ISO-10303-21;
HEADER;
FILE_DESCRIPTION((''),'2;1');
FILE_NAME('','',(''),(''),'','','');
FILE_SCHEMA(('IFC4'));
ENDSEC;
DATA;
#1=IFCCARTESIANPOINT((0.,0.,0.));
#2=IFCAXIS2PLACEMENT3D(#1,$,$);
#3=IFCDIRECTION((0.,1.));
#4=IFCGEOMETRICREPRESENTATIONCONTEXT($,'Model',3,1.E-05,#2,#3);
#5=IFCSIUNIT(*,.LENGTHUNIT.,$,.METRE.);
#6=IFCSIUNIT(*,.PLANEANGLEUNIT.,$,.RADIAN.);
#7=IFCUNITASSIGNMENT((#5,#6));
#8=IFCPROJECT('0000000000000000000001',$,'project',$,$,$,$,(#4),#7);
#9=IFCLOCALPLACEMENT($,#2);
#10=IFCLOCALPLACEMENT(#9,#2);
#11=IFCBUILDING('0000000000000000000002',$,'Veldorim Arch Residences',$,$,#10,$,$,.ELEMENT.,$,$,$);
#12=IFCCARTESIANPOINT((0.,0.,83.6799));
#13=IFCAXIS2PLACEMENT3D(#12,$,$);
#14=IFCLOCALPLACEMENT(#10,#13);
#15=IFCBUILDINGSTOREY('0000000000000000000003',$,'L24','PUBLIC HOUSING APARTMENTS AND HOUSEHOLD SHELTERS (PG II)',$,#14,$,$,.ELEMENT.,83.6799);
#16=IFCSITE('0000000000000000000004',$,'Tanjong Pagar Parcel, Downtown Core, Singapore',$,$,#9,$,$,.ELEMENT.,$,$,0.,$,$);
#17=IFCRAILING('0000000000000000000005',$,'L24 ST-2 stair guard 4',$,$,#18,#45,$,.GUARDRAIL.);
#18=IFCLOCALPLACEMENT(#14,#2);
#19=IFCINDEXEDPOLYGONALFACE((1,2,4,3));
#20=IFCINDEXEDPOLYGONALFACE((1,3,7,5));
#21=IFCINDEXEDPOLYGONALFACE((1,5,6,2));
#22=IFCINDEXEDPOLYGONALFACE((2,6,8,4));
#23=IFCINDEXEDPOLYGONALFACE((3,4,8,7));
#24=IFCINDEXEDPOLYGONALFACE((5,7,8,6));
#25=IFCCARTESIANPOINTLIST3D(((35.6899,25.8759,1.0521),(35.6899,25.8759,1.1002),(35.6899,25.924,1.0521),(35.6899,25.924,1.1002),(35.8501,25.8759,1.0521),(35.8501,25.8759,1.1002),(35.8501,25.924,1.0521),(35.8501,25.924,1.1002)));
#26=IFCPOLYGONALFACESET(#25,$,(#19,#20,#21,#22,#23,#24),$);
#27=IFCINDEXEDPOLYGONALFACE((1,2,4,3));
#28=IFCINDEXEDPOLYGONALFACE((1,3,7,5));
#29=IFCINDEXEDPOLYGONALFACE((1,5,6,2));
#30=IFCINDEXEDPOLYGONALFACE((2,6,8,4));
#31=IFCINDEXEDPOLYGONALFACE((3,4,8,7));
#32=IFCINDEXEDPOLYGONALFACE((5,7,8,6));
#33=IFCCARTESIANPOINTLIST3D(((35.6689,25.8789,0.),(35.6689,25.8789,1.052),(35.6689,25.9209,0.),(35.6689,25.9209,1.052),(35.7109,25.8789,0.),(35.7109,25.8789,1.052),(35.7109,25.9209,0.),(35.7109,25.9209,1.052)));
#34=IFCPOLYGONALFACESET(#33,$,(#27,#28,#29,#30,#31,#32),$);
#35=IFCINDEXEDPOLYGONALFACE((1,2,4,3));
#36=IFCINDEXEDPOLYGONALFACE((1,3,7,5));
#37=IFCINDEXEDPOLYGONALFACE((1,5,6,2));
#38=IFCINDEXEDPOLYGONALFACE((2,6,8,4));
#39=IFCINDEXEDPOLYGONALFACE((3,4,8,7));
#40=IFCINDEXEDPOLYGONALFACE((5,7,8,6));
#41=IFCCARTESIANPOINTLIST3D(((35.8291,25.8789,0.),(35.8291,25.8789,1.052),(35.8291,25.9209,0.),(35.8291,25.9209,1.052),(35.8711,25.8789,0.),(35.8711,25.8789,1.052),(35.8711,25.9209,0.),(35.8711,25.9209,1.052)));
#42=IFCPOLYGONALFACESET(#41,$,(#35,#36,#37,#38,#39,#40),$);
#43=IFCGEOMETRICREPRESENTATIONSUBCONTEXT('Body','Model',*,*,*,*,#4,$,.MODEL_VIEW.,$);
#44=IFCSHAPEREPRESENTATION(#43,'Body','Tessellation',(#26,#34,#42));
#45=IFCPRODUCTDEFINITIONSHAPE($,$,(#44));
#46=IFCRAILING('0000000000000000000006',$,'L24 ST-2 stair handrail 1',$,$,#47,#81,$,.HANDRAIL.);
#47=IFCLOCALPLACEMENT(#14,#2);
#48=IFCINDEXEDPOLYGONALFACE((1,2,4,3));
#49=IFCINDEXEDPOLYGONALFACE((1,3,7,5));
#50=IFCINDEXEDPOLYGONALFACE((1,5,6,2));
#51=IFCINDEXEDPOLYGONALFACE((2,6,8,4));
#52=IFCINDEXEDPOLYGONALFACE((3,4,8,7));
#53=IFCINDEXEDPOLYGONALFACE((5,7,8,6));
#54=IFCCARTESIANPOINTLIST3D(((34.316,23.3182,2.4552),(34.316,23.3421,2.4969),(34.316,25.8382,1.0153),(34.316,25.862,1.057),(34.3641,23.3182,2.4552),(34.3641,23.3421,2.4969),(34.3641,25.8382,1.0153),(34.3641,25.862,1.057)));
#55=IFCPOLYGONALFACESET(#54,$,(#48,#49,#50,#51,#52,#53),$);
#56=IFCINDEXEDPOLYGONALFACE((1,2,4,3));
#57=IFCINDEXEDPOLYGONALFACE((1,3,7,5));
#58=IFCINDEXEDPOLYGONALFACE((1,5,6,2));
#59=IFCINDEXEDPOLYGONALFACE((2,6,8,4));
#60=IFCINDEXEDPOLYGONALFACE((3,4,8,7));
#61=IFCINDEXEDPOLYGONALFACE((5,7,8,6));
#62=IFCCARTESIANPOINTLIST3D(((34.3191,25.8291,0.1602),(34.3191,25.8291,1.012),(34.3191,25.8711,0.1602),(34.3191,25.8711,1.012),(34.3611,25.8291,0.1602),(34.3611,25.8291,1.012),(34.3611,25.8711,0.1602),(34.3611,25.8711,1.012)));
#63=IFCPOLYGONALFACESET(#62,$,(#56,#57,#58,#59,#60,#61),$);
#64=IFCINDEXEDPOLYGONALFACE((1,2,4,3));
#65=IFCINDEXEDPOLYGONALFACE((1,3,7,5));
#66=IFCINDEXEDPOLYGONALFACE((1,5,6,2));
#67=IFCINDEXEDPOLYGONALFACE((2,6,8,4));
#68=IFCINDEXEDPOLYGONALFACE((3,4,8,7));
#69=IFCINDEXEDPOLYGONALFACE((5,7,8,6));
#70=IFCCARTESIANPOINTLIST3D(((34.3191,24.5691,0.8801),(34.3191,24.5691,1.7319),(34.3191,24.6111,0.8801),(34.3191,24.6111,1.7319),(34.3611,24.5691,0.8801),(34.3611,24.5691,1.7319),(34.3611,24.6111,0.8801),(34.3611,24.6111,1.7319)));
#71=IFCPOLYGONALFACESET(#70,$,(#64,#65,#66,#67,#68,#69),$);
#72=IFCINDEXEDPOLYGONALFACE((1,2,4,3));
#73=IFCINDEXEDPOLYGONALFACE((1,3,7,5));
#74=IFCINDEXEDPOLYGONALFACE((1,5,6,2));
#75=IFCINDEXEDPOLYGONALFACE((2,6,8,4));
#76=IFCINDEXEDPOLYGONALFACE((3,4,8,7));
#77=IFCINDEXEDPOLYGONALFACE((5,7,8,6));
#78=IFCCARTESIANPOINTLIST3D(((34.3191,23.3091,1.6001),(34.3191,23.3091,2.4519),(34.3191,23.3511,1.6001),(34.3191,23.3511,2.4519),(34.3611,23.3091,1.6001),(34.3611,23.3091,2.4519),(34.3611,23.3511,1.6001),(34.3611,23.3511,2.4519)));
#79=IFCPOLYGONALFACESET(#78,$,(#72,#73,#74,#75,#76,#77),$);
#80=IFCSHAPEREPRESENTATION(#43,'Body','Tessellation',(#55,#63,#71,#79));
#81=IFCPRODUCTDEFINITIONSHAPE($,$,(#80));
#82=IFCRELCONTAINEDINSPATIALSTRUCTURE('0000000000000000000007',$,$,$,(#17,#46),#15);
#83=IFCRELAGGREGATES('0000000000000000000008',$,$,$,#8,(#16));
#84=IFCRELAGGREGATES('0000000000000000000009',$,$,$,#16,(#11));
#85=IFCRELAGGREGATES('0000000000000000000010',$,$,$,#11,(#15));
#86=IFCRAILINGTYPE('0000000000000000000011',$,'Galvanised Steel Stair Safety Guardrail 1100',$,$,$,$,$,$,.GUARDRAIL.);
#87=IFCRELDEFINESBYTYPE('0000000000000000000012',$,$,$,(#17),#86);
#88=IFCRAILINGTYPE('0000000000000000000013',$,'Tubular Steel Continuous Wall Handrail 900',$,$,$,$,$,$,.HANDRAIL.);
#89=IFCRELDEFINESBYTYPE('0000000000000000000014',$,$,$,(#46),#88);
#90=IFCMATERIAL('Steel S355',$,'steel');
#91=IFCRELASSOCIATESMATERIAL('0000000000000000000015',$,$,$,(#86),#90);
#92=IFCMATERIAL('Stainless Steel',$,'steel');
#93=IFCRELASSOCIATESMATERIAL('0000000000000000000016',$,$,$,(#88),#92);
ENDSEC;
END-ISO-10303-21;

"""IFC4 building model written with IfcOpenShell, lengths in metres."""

from ifc_helpers import new_model, si_unit, direction, frame, origin, origin_2d, place, context, subcontext, project, spatial, rectangle, extrude, material, type_object, element, save


model = new_model("IFC4")

# Units and contexts
model_context = context("Model", 3, precision=1e-05, world=origin(), true_north=direction((0.0, 1.0)))
body_context = subcontext(model_context, "Body", "Model", "MODEL_VIEW")
ifc_project = project(units=[si_unit("LENGTHUNIT", "METRE"), si_unit("PLANEANGLEUNIT", "RADIAN")], contexts=[model_context])

# Site, building, storey
site_placement = place(None, origin())
site = spatial("IfcSite", under=ifc_project, at=site_placement, Name="Tanjong Pagar Parcel, Downtown Core, Singapore", CompositionType="ELEMENT", RefElevation=0.0)
building_placement = place(site_placement, origin())
building = spatial("IfcBuilding", under=site, at=building_placement, Name="Veldorim Arch Residences", CompositionType="ELEMENT")
storey_placement = place(building_placement, frame((0.0, 0.0, 83.6799)))
storey = spatial("IfcBuildingStorey", under=building, at=storey_placement, Name="L24", Description="PUBLIC HOUSING APARTMENTS AND HOUSEHOLD SHELTERS (PG II)", CompositionType="ELEMENT", Elevation=83.6799)

# Railings
ifc_material_1 = material(Name="Steel S355", Category="steel")
railing_type_1 = type_object("IfcRailingType", Name="Galvanised Steel Stair Safety Guardrail 1100", PredefinedType="GUARDRAIL", material=ifc_material_1)
railing_1_placement = place(storey_placement, frame((35.6899, 25.8999, 0.0)))
element("IfcRailing", 1, at=railing_1_placement, inside=storey, type_object=railing_type_1, Name="L24 ST-2 stair guard 4", PredefinedType="GUARDRAIL", context=body_context, shape_type="SweptSolid", body=[
    extrude(rectangle(XDim=0.0481, YDim=0.0481, at=origin_2d()), frame((0.0, 0.0, 1.0762), z_axis=(1.0, 0.0, 0.0), x_axis=(0.0, 1.0, 0.0)), (0.0, 0.0, 1.0), 0.1602),
    extrude(rectangle(XDim=0.042, YDim=0.042, at=origin_2d()), origin(), (0.0, 0.0, 1.0), 1.052),
    extrude(rectangle(XDim=0.042, YDim=0.042, at=origin_2d()), frame((0.1602, 0.0, 0.0)), (0.0, 0.0, 1.0), 1.052),
])
ifc_material_2 = material(Name="Stainless Steel", Category="steel")
railing_type_2 = type_object("IfcRailingType", Name="Tubular Steel Continuous Wall Handrail 900", PredefinedType="HANDRAIL", material=ifc_material_2)
railing_2_placement = place(storey_placement, frame((34.3401, 25.8501, 0.1602)))
element("IfcRailing", 2, at=railing_2_placement, inside=storey, type_object=railing_type_2, Name="L24 ST-2 stair handrail 1", PredefinedType="HANDRAIL", context=body_context, shape_type="SweptSolid", body=[
    extrude(rectangle(XDim=0.0481, YDim=0.0481, at=origin_2d()), frame((0.0, 0.0, 0.876), z_axis=(0.0, -0.868253, 0.496121), x_axis=(1.0, 0.0, 0.0)), (0.0, 0.0, 1.0), 2.9023),
    extrude(rectangle(XDim=0.042, YDim=0.042, at=origin_2d()), origin(), (0.0, 0.0, 1.0), 0.8518),
    extrude(rectangle(XDim=0.042, YDim=0.042, at=origin_2d()), frame((0.0, -1.26, 0.72)), (0.0, 0.0, 1.0), 0.8518),
    extrude(rectangle(XDim=0.042, YDim=0.042, at=origin_2d()), frame((0.0, -2.52, 1.4399)), (0.0, 0.0, 1.0), 0.8518),
])

save(model, "model.ifc")
